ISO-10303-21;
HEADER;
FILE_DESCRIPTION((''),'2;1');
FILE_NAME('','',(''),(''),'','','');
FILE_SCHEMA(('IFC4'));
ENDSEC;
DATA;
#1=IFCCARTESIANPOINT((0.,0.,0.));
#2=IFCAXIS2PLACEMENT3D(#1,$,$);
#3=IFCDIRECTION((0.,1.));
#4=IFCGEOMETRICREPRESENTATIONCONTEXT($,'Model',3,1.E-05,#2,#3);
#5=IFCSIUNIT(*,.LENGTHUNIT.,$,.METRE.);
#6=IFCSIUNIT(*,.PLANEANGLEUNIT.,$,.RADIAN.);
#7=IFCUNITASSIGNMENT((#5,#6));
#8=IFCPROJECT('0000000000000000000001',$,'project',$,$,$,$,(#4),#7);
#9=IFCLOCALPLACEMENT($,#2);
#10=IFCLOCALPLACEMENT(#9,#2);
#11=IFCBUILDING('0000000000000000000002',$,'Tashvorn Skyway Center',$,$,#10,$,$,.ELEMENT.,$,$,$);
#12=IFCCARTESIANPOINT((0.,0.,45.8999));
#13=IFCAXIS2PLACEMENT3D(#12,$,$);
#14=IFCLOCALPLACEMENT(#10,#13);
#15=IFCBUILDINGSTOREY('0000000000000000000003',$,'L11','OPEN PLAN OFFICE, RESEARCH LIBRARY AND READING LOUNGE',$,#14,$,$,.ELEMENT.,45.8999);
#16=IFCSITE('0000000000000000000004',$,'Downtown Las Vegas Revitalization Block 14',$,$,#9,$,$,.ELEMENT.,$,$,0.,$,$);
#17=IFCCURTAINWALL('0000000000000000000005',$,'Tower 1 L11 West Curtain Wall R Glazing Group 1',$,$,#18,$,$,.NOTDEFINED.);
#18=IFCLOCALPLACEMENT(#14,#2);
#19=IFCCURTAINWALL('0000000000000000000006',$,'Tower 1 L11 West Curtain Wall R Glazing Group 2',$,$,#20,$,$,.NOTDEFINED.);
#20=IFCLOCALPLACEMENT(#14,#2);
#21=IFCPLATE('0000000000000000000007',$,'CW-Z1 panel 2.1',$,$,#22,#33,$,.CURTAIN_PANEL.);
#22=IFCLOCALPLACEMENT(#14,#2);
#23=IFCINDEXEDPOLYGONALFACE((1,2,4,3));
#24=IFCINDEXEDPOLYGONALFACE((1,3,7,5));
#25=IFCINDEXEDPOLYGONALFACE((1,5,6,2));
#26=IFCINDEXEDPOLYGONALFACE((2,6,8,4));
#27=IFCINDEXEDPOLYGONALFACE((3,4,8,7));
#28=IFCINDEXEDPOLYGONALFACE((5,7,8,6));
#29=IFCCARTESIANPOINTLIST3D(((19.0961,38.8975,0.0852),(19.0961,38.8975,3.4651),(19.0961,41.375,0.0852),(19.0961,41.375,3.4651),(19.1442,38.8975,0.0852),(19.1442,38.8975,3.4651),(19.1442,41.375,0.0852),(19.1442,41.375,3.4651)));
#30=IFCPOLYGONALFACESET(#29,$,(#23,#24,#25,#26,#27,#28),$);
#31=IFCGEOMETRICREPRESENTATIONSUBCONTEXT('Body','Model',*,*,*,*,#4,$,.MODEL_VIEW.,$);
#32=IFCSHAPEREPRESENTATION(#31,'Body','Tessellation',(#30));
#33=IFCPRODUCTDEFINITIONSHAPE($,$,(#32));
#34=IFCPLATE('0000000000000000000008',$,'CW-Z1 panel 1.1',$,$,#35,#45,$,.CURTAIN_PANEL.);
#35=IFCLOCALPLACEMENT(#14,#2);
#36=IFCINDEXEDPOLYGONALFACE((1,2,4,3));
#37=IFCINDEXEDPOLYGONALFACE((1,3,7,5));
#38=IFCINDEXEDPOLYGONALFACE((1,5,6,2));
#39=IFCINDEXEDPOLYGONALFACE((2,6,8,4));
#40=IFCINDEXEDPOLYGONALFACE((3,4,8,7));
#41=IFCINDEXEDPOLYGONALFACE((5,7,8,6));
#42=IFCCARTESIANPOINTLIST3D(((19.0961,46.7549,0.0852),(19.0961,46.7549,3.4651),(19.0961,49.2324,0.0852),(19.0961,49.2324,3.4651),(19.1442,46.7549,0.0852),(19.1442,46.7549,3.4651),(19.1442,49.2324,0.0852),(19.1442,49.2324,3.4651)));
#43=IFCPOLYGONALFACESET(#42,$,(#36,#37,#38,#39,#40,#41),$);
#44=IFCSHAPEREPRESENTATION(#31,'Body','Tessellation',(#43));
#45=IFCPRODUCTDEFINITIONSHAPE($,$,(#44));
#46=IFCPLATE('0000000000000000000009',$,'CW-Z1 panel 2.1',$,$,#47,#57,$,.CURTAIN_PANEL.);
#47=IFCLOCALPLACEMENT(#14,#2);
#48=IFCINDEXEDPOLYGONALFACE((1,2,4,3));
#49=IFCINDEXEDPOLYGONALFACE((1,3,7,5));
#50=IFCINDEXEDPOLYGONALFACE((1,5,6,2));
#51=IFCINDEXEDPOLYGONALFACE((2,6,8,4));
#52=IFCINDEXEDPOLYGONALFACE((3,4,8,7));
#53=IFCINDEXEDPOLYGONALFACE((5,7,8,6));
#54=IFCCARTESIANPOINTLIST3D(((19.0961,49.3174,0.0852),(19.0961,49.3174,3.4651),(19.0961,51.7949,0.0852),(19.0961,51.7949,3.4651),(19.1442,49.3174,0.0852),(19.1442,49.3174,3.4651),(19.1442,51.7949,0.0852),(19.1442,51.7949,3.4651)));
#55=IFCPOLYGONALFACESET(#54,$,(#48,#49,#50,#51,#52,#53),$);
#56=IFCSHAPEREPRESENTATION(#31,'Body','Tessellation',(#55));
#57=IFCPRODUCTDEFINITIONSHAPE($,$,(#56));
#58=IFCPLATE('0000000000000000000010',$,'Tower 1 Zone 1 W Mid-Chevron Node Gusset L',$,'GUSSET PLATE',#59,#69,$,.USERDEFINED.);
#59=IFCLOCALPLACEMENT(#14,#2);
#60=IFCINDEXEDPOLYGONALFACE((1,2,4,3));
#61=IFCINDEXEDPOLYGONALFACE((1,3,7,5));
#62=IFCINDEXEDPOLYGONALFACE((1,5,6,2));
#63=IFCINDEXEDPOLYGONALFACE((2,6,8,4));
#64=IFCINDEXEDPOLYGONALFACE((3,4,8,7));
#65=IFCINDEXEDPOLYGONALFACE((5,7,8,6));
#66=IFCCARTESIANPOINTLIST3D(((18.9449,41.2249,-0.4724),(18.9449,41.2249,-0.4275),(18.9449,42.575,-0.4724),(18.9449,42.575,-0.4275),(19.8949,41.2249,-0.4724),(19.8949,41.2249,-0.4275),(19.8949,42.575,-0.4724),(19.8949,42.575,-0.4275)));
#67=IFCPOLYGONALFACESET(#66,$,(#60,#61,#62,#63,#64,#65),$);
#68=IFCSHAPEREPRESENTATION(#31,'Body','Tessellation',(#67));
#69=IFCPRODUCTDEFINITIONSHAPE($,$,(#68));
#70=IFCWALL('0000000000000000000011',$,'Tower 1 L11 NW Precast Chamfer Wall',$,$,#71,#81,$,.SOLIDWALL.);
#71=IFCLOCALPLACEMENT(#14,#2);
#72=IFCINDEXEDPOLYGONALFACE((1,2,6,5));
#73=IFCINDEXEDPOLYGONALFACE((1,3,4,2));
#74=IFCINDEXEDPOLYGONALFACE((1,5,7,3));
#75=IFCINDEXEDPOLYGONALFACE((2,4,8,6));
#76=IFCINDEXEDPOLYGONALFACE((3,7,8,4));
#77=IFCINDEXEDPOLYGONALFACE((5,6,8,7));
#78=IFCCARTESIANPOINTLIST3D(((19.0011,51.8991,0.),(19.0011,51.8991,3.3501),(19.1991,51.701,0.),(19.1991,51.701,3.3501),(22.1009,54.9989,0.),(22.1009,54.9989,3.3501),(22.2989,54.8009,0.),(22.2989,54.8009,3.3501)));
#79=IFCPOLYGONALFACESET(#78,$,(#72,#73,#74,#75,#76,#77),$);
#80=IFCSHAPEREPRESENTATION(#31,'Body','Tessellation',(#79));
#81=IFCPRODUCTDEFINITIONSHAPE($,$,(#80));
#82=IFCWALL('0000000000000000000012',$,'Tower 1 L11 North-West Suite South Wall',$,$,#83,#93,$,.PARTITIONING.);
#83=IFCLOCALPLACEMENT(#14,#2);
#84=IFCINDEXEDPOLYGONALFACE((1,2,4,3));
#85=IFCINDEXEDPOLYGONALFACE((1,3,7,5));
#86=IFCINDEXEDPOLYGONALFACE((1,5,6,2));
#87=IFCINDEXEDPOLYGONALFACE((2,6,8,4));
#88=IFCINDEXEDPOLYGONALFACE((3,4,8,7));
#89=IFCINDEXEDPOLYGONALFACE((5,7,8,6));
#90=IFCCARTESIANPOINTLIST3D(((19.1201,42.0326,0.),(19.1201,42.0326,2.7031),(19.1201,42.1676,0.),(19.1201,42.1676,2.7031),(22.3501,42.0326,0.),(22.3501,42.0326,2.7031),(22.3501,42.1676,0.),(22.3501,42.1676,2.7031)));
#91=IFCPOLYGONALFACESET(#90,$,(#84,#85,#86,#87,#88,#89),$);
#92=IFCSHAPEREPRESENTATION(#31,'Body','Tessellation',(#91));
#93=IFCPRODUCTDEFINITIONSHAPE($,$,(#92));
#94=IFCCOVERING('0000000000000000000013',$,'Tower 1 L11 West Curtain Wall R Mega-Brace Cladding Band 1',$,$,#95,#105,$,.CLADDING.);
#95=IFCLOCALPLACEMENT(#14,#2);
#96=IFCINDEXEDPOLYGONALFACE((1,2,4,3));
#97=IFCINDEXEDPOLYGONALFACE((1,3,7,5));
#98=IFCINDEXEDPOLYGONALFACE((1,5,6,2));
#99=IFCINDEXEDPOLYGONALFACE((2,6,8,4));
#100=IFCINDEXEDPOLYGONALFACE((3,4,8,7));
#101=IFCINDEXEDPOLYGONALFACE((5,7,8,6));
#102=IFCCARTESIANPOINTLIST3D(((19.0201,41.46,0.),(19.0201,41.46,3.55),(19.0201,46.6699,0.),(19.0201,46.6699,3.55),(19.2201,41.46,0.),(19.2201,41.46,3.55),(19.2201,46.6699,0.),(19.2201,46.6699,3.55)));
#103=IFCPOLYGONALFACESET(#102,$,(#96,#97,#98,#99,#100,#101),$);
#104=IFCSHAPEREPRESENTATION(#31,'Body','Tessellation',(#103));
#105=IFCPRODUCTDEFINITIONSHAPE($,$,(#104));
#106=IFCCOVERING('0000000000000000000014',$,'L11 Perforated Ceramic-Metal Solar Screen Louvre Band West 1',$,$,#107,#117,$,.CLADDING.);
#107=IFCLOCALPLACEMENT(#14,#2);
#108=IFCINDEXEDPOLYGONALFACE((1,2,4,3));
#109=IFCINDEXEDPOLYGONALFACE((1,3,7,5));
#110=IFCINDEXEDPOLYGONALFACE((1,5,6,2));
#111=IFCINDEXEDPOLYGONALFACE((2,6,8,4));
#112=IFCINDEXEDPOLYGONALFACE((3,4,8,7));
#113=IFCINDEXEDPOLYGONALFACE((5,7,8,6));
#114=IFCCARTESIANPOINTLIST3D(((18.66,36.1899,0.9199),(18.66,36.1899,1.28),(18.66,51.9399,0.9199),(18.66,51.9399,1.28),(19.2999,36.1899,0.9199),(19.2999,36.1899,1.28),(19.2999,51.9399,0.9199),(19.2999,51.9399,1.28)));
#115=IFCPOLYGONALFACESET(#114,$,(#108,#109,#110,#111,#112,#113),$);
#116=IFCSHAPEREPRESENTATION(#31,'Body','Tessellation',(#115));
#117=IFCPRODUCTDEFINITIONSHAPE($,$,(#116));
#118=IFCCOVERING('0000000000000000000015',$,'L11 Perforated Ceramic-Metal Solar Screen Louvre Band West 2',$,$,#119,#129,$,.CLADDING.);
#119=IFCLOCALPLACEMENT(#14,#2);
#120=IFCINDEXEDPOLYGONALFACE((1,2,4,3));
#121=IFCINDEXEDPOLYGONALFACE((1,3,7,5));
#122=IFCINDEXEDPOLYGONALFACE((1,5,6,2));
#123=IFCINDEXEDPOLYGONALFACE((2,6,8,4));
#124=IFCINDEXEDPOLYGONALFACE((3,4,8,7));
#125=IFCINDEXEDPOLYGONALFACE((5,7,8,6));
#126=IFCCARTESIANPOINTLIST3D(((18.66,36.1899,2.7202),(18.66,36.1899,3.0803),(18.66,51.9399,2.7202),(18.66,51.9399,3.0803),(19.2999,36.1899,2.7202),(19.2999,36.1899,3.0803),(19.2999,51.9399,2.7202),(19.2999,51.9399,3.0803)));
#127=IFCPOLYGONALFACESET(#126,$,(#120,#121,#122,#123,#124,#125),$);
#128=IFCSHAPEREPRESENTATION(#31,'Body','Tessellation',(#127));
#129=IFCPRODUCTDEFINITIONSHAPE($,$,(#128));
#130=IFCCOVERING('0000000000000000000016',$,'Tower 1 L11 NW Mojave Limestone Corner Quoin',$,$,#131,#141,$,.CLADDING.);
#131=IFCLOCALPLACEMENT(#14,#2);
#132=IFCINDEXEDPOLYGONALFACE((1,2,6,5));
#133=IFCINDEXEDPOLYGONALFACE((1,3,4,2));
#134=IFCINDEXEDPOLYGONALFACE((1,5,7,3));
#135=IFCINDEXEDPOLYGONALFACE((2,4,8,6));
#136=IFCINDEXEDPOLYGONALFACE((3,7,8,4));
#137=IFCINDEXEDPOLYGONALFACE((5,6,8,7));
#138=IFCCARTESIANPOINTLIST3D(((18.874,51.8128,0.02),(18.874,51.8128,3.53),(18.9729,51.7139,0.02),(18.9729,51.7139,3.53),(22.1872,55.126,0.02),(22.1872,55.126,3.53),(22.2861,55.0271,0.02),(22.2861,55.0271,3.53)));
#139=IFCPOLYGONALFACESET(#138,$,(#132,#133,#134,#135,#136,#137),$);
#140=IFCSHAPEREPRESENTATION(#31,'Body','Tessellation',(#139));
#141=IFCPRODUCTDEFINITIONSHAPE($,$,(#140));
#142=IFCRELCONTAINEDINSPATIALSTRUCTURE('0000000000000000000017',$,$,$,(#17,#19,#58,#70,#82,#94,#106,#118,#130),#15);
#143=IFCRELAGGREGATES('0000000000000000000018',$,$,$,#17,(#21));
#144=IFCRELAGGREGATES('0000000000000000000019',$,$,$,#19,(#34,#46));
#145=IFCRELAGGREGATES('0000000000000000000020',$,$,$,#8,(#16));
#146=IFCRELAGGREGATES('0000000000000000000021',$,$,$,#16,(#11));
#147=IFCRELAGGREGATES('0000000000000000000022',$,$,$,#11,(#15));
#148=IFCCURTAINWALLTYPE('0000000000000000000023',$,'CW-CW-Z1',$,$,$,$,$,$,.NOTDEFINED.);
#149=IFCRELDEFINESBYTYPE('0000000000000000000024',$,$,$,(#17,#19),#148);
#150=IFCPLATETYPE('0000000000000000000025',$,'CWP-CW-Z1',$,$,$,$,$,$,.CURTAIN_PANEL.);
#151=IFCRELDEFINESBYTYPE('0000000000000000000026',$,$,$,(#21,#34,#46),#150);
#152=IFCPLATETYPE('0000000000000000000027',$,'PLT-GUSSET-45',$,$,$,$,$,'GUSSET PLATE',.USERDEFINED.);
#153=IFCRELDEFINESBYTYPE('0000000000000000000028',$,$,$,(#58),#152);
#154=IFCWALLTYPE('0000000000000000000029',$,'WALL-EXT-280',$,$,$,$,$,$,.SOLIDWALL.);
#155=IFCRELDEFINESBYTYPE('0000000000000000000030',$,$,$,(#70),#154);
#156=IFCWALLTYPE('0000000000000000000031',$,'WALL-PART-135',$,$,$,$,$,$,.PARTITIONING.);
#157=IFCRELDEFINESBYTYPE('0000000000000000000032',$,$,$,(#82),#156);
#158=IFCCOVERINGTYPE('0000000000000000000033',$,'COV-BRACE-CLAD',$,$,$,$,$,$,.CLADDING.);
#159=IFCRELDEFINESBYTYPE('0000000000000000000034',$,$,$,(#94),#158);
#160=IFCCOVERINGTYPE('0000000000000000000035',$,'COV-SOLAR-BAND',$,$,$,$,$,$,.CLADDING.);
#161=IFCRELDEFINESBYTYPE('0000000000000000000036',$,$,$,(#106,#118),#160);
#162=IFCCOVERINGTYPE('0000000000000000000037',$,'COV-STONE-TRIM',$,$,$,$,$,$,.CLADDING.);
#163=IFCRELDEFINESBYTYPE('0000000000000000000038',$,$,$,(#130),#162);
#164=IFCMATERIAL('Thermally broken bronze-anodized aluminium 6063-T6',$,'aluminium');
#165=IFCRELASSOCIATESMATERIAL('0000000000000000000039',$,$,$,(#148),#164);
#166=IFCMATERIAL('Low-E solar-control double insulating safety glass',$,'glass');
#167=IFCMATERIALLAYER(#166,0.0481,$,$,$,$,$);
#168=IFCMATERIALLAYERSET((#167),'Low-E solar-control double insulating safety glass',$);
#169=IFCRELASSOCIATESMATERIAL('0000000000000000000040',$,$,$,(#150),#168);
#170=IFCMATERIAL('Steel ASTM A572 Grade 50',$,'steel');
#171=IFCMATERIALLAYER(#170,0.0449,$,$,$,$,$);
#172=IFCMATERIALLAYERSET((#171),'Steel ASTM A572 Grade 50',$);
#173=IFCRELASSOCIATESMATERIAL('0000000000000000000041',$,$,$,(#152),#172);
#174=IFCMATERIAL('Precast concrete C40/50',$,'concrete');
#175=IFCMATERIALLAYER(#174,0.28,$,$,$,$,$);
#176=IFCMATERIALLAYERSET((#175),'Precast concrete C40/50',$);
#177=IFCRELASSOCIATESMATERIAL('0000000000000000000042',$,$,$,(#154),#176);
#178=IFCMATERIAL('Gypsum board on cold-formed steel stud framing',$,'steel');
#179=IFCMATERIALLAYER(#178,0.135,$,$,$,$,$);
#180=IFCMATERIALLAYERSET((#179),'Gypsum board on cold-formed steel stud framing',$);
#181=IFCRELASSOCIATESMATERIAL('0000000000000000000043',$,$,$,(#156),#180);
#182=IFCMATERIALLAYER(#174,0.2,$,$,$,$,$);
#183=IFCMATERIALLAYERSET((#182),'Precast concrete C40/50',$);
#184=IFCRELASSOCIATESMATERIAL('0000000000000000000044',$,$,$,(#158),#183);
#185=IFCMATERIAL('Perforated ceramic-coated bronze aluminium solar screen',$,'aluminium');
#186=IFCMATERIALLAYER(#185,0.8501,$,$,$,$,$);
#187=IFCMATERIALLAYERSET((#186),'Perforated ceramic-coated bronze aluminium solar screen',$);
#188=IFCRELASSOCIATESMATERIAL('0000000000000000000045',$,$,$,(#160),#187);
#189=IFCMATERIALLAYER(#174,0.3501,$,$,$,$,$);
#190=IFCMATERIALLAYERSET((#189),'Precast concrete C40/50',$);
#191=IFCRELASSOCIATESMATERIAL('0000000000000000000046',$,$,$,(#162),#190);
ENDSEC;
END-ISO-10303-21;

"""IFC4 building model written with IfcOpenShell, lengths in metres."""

from ifc_helpers import new_model, si_unit, direction, frame, frame_2d, origin, origin_2d, place, context, subcontext, project, spatial, rectangle, extrude, material, layer, layer_set, type_object, element, aggregate, save


model = new_model("IFC4")

# Units and contexts
model_context = context("Model", 3, precision=1e-05, world=origin(), true_north=direction((0.0, 1.0)))
body_context = subcontext(model_context, "Body", "Model", "MODEL_VIEW")
ifc_project = project(units=[si_unit("LENGTHUNIT", "METRE"), si_unit("PLANEANGLEUNIT", "RADIAN")], contexts=[model_context])

# Site, building, storey
site_placement = place(None, origin())
site = spatial("IfcSite", under=ifc_project, at=site_placement, Name="Downtown Las Vegas Revitalization Block 14", CompositionType="ELEMENT", RefElevation=0.0)
building_placement = place(site_placement, origin())
building = spatial("IfcBuilding", under=site, at=building_placement, Name="Tashvorn Skyway Center", CompositionType="ELEMENT")
storey_placement = place(building_placement, frame((0.0, 0.0, 45.8999)))
storey = spatial("IfcBuildingStorey", under=building, at=storey_placement, Name="L11", Description="OPEN PLAN OFFICE, RESEARCH LIBRARY AND READING LOUNGE", CompositionType="ELEMENT", Elevation=45.8999)

# Curtain wall
ifc_material_1 = material(Name="Thermally broken bronze-anodized aluminium 6063-T6", Category="aluminium")
curtain_wall_type = type_object("IfcCurtainWallType", Name="CW-CW-Z1", PredefinedType="NOTDEFINED", material=ifc_material_1)
curtain_wall_1_placement = place(storey_placement, origin())
curtain_wall_1 = element("IfcCurtainWall", 1, at=curtain_wall_1_placement, inside=storey, type_object=curtain_wall_type, Name="Tower 1 L11 West Curtain Wall R Glazing Group 1", PredefinedType="NOTDEFINED")

# Curtain wall
curtain_wall_2_placement = place(storey_placement, origin())
curtain_wall_2 = element("IfcCurtainWall", 2, at=curtain_wall_2_placement, inside=storey, type_object=curtain_wall_type, Name="Tower 1 L11 West Curtain Wall R Glazing Group 2", PredefinedType="NOTDEFINED")

# Shared definitions
ifc_material_2 = material(Name="Steel ASTM A572 Grade 50", Category="steel")

# Plates
ifc_material_3 = material(Name="Low-E solar-control double insulating safety glass", Category="glass")
ifc_layer_1 = layer(ifc_material_3, 0.0481)
ifc_layer_set_1 = layer_set([ifc_layer_1], Name="Low-E solar-control double insulating safety glass")
plate_type_1 = type_object("IfcPlateType", Name="CWP-CW-Z1", PredefinedType="CURTAIN_PANEL", material=ifc_layer_set_1)
plate_1_placement = place(storey_placement, frame((19.1201, 40.1362, 0.0852), z_axis=(0.0, 0.0, 1.0), x_axis=(0.0, 1.0, 0.0)))
plate_1 = element("IfcPlate", 3, at=plate_1_placement, type_object=plate_type_1, Name="CW-Z1 panel 2.1", PredefinedType="CURTAIN_PANEL", context=body_context, shape_type="SweptSolid", body=[
    extrude(rectangle(XDim=2.4775, YDim=0.0481, at=origin_2d()), origin(), (0.0, 0.0, 1.0), 3.3799),
])
aggregate(curtain_wall_1, [plate_1])
plate_2_placement = place(storey_placement, frame((19.1201, 47.9937, 0.0852), z_axis=(0.0, 0.0, 1.0), x_axis=(0.0, 1.0, 0.0)))
plate_2 = element("IfcPlate", 4, at=plate_2_placement, type_object=plate_type_1, Name="CW-Z1 panel 1.1", PredefinedType="CURTAIN_PANEL", context=body_context, shape_type="SweptSolid", body=[
    extrude(rectangle(XDim=2.4775, YDim=0.0481, at=origin_2d()), origin(), (0.0, 0.0, 1.0), 3.3799),
])
plate_3_placement = place(storey_placement, frame((19.1201, 50.5562, 0.0852), z_axis=(0.0, 0.0, 1.0), x_axis=(0.0, 1.0, 0.0)))
plate_3 = element("IfcPlate", 5, at=plate_3_placement, type_object=plate_type_1, Name="CW-Z1 panel 2.1", PredefinedType="CURTAIN_PANEL", context=body_context, shape_type="SweptSolid", body=[
    extrude(rectangle(XDim=2.4775, YDim=0.0481, at=origin_2d()), origin(), (0.0, 0.0, 1.0), 3.3799),
])
aggregate(curtain_wall_2, [plate_2, plate_3])
ifc_layer_2 = layer(ifc_material_2, 0.0449)
ifc_layer_set_2 = layer_set([ifc_layer_2], Name="Steel ASTM A572 Grade 50")
plate_type_2 = type_object("IfcPlateType", Name="PLT-GUSSET-45", ElementType="GUSSET PLATE", PredefinedType="USERDEFINED", material=ifc_layer_set_2)
plate_4_placement = place(storey_placement, frame((19.4199, 41.8999, -0.4724), z_axis=(0.0, 0.0, 1.0), x_axis=(0.0, -1.0, 0.0)))
element("IfcPlate", 6, at=plate_4_placement, inside=storey, type_object=plate_type_2, Name="Tower 1 Zone 1 W Mid-Chevron Node Gusset L", ObjectType="GUSSET PLATE", PredefinedType="USERDEFINED", context=body_context, shape_type="SweptSolid", body=[
    extrude(rectangle(XDim=1.3501, YDim=0.95, at=origin_2d()), origin(), (0.0, 0.0, 1.0), 0.0449),
])

# Walls
ifc_material_4 = material(Name="Precast concrete C40/50", Category="concrete")
ifc_layer_3 = layer(ifc_material_4, 0.28)
ifc_layer_set_3 = layer_set([ifc_layer_3], Name="Precast concrete C40/50")
wall_type_1 = type_object("IfcWallType", Name="WALL-EXT-280", PredefinedType="SOLIDWALL", material=ifc_layer_set_3)
wall_1_placement = place(storey_placement, frame((19.1001, 51.8, 0.0), z_axis=(0.0, 0.0, 1.0), x_axis=(0.707107, 0.707107, 0.0)))
element("IfcWall", 7, at=wall_1_placement, inside=storey, type_object=wall_type_1, Name="Tower 1 L11 NW Precast Chamfer Wall", PredefinedType="SOLIDWALL", context=body_context, shape_type="SweptSolid", body=[
    extrude(rectangle(XDim=4.3838, YDim=0.28, at=frame_2d((2.1919, 0.0))), origin(), (0.0, 0.0, 1.0), 3.3501),
])
ifc_material_5 = material(Name="Gypsum board on cold-formed steel stud framing", Category="steel")
ifc_layer_4 = layer(ifc_material_5, 0.135)
ifc_layer_set_4 = layer_set([ifc_layer_4], Name="Gypsum board on cold-formed steel stud framing")
wall_type_2 = type_object("IfcWallType", Name="WALL-PART-135", PredefinedType="PARTITIONING", material=ifc_layer_set_4)
wall_2_placement = place(storey_placement, frame((19.1201, 42.1001, 0.0), z_axis=(0.0, 0.0, 1.0), x_axis=(1.0, 0.0, 0.0)))
element("IfcWall", 8, at=wall_2_placement, inside=storey, type_object=wall_type_2, Name="Tower 1 L11 North-West Suite South Wall", PredefinedType="PARTITIONING", context=body_context, shape_type="SweptSolid", body=[
    extrude(rectangle(XDim=3.23, YDim=0.135, at=frame_2d((1.615, 0.0))), origin(), (0.0, 0.0, 1.0), 2.7031),
])

# Coverings
ifc_layer_5 = layer(ifc_material_4, 0.2)
ifc_layer_set_5 = layer_set([ifc_layer_5], Name="Precast concrete C40/50")
covering_type_1 = type_object("IfcCoveringType", Name="COV-BRACE-CLAD", PredefinedType="CLADDING", material=ifc_layer_set_5)
covering_1_placement = place(storey_placement, frame((19.1201, 44.0649, 0.0), z_axis=(0.0, 0.0, 1.0), x_axis=(0.0, 1.0, 0.0)))
element("IfcCovering", 9, at=covering_1_placement, inside=storey, type_object=covering_type_1, Name="Tower 1 L11 West Curtain Wall R Mega-Brace Cladding Band 1", PredefinedType="CLADDING", context=body_context, shape_type="SweptSolid", body=[
    extrude(rectangle(XDim=5.21, YDim=0.2, at=origin_2d()), origin(), (0.0, 0.0, 1.0), 3.55),
])
ifc_material_6 = material(Name="Perforated ceramic-coated bronze aluminium solar screen", Category="aluminium")
ifc_layer_6 = layer(ifc_material_6, 0.8501)
ifc_layer_set_6 = layer_set([ifc_layer_6], Name="Perforated ceramic-coated bronze aluminium solar screen")
covering_type_2 = type_object("IfcCoveringType", Name="COV-SOLAR-BAND", PredefinedType="CLADDING", material=ifc_layer_set_6)
for number, where, z_axis, x_axis, name in (
    (10, (18.98, 44.0649, 0.9199), (0.0, 0.0, 1.0), (0.0, 1.0, 0.0), "L11 Perforated Ceramic-Metal Solar Screen Louvre Band West 1"),
    (11, (18.98, 44.0649, 2.7202), (0.0, 0.0, 1.0), (0.0, 1.0, 0.0), "L11 Perforated Ceramic-Metal Solar Screen Louvre Band West 2"),
):
    element("IfcCovering", number, at=place(storey_placement, frame(where, z_axis=z_axis, x_axis=x_axis)), inside=storey, type_object=covering_type_2, Name=name, PredefinedType="CLADDING", context=body_context, shape_type="SweptSolid", body=[
        extrude(rectangle(XDim=15.75, YDim=0.6399, at=origin_2d()), origin(), (0.0, 0.0, 1.0), 0.3601),
    ])
ifc_layer_7 = layer(ifc_material_4, 0.3501)
ifc_layer_set_7 = layer_set([ifc_layer_7], Name="Precast concrete C40/50")
covering_type_3 = type_object("IfcCoveringType", Name="COV-STONE-TRIM", PredefinedType="CLADDING", material=ifc_layer_set_7)
covering_2_placement = place(storey_placement, frame((20.5801, 53.4199, 0.02), z_axis=(0.0, 0.0, 1.0), x_axis=(-0.707107, -0.707107, 0.0)))
element("IfcCovering", 12, at=covering_2_placement, inside=storey, type_object=covering_type_3, Name="Tower 1 L11 NW Mojave Limestone Corner Quoin", PredefinedType="CLADDING", context=body_context, shape_type="SweptSolid", body=[
    extrude(rectangle(XDim=4.6855, YDim=0.1399, at=origin_2d()), origin(), (0.0, 0.0, 1.0), 3.51),
])

save(model, "model.ifc")
